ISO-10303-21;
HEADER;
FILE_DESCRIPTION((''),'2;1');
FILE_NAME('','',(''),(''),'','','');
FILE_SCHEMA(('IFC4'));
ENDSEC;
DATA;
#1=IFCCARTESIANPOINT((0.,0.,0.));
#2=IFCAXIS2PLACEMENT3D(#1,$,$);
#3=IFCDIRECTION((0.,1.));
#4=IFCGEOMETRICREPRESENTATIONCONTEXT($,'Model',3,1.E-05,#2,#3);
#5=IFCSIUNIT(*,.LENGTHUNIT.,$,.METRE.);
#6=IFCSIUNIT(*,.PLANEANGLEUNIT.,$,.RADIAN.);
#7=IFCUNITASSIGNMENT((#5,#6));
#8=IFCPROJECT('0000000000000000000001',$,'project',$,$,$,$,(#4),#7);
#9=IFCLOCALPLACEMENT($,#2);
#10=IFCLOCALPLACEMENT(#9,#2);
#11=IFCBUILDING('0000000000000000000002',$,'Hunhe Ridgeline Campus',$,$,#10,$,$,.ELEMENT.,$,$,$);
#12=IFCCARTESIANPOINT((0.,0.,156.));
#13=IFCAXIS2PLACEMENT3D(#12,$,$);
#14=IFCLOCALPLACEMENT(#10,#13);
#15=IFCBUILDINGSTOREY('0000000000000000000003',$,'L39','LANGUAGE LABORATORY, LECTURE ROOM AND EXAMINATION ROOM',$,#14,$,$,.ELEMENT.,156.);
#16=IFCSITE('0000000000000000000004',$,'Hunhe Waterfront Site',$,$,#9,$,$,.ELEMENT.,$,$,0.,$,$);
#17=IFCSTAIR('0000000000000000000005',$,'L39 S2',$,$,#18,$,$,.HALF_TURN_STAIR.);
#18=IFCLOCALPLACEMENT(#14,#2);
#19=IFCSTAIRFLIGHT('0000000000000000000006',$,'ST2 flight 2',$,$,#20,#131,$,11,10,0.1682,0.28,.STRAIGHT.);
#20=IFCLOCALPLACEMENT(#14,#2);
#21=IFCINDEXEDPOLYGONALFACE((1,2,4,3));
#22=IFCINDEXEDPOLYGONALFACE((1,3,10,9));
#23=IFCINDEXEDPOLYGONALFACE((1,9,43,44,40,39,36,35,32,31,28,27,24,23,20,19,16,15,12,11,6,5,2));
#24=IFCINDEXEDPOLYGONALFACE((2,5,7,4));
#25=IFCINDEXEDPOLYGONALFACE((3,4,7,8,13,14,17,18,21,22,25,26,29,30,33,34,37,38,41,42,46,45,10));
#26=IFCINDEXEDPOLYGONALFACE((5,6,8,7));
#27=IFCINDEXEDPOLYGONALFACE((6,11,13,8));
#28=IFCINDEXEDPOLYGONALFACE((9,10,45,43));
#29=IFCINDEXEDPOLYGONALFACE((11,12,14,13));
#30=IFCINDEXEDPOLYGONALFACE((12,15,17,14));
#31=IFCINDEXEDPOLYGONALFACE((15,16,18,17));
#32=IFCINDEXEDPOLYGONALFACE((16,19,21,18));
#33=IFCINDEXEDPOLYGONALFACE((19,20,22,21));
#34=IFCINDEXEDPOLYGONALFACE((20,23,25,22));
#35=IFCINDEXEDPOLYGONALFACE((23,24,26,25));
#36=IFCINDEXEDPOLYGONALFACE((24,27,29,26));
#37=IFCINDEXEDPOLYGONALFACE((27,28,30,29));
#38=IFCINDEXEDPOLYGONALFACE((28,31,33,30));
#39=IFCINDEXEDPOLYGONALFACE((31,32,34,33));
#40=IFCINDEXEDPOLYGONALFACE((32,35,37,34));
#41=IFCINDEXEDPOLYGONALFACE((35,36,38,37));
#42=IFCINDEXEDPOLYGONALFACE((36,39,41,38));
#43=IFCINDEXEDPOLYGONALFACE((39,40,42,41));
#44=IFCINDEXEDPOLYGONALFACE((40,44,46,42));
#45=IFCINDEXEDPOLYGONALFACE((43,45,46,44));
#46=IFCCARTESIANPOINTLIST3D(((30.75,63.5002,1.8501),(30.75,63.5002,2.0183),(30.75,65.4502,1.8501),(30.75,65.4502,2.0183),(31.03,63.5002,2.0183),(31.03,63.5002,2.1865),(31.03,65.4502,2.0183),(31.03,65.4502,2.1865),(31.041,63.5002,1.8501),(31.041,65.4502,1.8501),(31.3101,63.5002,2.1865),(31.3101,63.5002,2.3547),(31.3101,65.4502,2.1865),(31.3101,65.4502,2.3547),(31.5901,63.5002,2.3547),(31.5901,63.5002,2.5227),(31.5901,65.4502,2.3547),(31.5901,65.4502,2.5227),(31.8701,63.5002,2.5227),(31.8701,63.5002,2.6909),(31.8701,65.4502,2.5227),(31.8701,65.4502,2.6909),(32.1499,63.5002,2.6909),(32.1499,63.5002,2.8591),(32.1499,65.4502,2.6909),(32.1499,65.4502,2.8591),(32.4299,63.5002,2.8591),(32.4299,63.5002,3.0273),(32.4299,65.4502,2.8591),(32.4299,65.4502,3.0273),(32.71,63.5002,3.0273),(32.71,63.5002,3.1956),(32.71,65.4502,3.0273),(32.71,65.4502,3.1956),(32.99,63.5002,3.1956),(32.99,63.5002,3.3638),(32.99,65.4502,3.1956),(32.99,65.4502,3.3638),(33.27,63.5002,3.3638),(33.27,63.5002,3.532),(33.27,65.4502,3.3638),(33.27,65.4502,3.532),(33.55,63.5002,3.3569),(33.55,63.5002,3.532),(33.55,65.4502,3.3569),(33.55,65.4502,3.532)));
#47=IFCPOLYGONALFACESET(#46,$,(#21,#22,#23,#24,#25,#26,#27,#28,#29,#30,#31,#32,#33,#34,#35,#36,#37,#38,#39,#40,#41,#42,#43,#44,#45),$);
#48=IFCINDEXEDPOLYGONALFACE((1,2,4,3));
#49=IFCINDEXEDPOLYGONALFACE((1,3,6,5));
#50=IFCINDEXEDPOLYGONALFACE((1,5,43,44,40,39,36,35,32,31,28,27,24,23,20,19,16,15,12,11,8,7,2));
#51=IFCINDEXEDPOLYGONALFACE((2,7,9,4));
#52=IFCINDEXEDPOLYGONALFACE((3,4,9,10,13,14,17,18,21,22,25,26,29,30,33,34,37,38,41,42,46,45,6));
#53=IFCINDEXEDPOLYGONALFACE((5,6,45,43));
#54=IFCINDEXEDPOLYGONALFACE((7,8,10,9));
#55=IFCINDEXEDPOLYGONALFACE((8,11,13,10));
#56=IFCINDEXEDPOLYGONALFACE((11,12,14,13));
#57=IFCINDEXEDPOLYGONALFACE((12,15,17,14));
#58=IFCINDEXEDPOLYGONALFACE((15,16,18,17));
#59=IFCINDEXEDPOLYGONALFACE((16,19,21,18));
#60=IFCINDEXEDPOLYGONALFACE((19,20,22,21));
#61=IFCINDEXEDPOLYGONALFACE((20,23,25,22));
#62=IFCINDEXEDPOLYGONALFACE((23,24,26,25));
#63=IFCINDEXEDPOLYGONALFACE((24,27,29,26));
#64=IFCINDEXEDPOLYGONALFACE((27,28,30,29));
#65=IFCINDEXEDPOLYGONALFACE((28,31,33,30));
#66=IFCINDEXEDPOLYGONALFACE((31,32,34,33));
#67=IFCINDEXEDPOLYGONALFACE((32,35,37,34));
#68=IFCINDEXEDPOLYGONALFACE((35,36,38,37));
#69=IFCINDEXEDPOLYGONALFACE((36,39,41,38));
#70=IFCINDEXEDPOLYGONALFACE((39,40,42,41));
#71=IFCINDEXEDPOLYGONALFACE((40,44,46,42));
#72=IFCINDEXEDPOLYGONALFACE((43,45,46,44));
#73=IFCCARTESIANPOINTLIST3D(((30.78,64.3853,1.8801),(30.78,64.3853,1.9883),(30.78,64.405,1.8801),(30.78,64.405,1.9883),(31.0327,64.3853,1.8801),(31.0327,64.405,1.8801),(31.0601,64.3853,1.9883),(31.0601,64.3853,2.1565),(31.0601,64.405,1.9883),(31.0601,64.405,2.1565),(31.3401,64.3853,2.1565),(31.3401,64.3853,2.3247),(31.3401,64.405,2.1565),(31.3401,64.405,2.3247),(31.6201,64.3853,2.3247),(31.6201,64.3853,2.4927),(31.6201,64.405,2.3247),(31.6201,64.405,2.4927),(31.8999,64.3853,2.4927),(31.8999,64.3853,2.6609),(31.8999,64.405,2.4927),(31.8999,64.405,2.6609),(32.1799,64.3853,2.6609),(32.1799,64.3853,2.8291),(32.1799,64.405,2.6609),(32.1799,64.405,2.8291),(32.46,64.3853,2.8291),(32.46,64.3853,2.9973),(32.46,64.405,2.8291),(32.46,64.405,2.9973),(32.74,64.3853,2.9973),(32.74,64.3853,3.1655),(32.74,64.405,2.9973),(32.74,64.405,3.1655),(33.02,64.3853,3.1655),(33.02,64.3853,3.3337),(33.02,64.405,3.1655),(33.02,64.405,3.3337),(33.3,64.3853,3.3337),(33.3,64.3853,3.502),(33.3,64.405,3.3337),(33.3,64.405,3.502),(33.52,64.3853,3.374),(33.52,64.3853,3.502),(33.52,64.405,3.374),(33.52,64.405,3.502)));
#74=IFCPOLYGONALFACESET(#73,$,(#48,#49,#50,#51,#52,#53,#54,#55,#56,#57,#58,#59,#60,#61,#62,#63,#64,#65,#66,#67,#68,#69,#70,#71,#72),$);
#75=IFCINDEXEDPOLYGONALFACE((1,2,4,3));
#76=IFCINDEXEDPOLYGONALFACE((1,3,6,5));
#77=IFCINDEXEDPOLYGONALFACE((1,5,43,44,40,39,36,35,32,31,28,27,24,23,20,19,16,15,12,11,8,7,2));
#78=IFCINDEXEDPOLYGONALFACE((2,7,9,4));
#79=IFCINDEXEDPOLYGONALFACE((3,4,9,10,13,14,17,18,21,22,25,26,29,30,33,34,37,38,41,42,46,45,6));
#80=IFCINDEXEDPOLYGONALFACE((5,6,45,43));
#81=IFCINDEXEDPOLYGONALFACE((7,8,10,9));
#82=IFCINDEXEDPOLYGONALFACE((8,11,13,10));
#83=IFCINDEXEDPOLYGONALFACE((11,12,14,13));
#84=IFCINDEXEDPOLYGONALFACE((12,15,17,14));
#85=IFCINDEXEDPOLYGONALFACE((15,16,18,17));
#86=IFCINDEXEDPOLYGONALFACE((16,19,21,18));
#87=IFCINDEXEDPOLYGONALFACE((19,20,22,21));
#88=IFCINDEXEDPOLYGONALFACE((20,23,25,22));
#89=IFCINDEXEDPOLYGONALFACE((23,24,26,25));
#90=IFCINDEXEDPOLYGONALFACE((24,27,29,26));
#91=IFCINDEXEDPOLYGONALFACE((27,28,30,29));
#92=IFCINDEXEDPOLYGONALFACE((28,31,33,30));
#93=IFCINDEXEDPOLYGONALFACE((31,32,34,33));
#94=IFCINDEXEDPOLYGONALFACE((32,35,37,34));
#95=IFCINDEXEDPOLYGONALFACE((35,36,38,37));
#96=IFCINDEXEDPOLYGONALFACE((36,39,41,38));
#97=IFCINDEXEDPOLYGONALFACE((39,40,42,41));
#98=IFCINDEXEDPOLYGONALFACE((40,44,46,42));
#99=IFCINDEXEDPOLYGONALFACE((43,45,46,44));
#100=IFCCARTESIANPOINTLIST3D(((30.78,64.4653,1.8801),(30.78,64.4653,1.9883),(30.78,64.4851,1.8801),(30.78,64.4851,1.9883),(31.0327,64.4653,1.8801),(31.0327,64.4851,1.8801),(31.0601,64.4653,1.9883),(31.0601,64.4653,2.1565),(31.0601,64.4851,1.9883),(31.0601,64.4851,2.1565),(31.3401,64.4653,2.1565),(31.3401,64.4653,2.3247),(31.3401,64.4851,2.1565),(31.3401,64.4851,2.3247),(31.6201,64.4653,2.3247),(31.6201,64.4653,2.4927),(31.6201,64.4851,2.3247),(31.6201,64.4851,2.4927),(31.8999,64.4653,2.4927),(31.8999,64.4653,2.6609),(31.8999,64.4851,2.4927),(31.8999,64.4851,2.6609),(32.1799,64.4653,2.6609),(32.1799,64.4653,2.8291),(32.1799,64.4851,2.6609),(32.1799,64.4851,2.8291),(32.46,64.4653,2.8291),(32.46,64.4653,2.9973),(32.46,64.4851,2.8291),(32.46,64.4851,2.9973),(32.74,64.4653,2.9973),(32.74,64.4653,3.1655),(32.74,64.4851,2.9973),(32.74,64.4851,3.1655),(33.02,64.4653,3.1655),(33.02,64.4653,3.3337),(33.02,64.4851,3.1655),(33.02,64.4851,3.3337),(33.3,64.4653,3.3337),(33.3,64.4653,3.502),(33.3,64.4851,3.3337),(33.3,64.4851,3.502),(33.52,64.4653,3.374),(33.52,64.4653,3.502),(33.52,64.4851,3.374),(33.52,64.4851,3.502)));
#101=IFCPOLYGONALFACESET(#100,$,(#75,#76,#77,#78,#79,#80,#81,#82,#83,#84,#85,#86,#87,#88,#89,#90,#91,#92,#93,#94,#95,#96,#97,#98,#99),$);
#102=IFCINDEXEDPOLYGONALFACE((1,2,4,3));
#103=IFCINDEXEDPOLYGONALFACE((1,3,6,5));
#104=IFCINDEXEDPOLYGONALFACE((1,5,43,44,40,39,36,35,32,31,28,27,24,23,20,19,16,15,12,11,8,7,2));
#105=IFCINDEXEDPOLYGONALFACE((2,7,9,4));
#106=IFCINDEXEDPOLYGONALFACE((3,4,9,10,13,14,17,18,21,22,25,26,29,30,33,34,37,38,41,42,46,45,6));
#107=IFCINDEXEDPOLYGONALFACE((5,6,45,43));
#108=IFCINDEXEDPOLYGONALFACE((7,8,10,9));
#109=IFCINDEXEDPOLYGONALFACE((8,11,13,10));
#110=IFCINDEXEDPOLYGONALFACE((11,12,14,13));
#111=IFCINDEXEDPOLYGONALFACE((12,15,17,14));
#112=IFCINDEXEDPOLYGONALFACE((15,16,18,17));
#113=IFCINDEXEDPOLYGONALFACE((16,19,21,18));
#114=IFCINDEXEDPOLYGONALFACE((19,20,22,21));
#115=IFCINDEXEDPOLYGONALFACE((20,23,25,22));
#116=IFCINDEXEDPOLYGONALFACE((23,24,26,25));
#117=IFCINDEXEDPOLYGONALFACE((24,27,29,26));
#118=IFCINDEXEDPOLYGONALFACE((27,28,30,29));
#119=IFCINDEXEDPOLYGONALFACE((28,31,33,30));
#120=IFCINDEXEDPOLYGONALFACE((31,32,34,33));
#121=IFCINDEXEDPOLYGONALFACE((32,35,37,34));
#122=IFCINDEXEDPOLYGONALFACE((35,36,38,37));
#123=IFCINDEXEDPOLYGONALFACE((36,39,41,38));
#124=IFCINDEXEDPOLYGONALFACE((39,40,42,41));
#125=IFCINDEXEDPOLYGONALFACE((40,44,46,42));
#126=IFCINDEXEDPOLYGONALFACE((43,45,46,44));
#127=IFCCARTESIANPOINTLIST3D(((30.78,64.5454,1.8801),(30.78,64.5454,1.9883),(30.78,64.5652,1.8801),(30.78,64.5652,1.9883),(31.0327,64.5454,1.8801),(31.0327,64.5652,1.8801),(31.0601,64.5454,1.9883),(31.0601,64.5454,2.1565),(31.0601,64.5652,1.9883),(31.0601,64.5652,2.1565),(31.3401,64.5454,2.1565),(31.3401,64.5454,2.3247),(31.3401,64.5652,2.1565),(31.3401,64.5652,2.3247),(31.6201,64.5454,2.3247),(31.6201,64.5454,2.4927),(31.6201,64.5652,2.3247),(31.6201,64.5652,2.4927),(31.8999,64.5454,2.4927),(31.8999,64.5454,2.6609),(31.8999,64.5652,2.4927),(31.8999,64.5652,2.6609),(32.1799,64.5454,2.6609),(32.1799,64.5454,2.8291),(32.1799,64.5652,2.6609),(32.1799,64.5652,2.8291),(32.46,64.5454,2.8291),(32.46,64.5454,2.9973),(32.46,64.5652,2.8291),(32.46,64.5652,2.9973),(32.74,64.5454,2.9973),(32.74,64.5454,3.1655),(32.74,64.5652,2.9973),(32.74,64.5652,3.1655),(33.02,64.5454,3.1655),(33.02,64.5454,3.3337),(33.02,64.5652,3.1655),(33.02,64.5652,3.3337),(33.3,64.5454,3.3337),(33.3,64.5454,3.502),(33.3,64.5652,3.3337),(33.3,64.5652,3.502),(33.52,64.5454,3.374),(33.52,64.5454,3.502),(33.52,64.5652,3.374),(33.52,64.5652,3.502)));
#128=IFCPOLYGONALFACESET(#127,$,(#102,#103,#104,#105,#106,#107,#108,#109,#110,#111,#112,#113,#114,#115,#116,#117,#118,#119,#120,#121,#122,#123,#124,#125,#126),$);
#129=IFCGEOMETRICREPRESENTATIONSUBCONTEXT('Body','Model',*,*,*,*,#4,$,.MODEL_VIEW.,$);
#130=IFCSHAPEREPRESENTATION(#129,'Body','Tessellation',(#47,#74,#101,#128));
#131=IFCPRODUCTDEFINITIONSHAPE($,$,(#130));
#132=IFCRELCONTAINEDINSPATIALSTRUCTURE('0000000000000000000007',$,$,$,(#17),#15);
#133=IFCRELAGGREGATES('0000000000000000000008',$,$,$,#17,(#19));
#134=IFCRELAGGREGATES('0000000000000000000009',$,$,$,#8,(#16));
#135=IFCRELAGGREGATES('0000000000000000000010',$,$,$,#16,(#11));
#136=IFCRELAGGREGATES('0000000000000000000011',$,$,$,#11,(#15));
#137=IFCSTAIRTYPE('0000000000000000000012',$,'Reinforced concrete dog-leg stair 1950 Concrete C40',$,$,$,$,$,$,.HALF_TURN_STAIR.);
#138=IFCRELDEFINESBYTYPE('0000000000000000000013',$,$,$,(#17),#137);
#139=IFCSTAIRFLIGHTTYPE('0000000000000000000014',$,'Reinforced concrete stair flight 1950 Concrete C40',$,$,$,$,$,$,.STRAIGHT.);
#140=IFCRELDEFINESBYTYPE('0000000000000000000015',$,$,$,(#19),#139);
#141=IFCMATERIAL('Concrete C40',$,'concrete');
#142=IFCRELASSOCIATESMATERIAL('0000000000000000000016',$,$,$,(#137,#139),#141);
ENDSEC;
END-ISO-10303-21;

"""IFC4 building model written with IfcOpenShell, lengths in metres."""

from ifc_helpers import new_model, si_unit, direction, frame, origin, place, context, subcontext, project, spatial, polyline, outline, extrude, material, type_object, element, aggregate, save


model = new_model("IFC4")

# Units and contexts
model_context = context("Model", 3, precision=1e-05, world=origin(), true_north=direction((0.0, 1.0)))
body_context = subcontext(model_context, "Body", "Model", "MODEL_VIEW")
ifc_project = project(units=[si_unit("LENGTHUNIT", "METRE"), si_unit("PLANEANGLEUNIT", "RADIAN")], contexts=[model_context])

# Site, building, storey
site_placement = place(None, origin())
site = spatial("IfcSite", under=ifc_project, at=site_placement, Name="Hunhe Waterfront Site", CompositionType="ELEMENT", RefElevation=0.0)
building_placement = place(site_placement, origin())
building = spatial("IfcBuilding", under=site, at=building_placement, Name="Hunhe Ridgeline Campus", CompositionType="ELEMENT")
storey_placement = place(building_placement, frame((0.0, 0.0, 156.0)))
storey = spatial("IfcBuildingStorey", under=building, at=storey_placement, Name="L39", Description="LANGUAGE LABORATORY, LECTURE ROOM AND EXAMINATION ROOM", CompositionType="ELEMENT", Elevation=156.0)

# Stair, stair flight
ifc_material_1 = material(Name="Concrete C40", Category="concrete")
stair_type = type_object("IfcStairType", Name="Reinforced concrete dog-leg stair 1950 Concrete C40", PredefinedType="HALF_TURN_STAIR", material=ifc_material_1)
stair_placement = place(storey_placement, origin())
stair = element("IfcStair", 1, at=stair_placement, inside=storey, type_object=stair_type, Name="L39 S2", PredefinedType="HALF_TURN_STAIR")
stair_flight_type = type_object("IfcStairFlightType", Name="Reinforced concrete stair flight 1950 Concrete C40", PredefinedType="STRAIGHT", material=ifc_material_1)
stair_flight_placement = place(storey_placement, frame((30.75, 64.4751, 1.8501), z_axis=(0.0, 0.0, 1.0), x_axis=(1.0, 0.0, 0.0)))
stair_flight = element("IfcStairFlight", 2, at=stair_flight_placement, type_object=stair_flight_type, Name="ST2 flight 2", NumberOfRisers=11, NumberOfTreads=10, PredefinedType="STRAIGHT", RiserHeight=0.1682, TreadLength=0.28, context=body_context, shape_type="SweptSolid", body=[
    extrude(outline(polyline([(0.0, 0.0), (0.0, 0.1682), (0.28, 0.1682), (0.28, 0.3364), (0.5601, 0.3364), (0.5601, 0.5046), (0.8401, 0.5046), (0.8401, 0.6726), (1.1201, 0.6726), (1.1201, 0.8408), (1.3999, 0.8408), (1.3999, 1.009), (1.6799, 1.009), (1.6799, 1.1772), (1.96, 1.1772), (1.96, 1.3455), (2.24, 1.3455), (2.24, 1.5137), (2.52, 1.5137), (2.52, 1.6819), (2.8, 1.6819), (2.8, 1.8501), (2.8, 1.5068), (0.291, 0.0), (0.0, 0.0)])), frame((0.0, 0.9751, 0.0), z_axis=(0.0, -1.0, 0.0), x_axis=(1.0, 0.0, 0.0)), (0.0, 0.0, 1.0), 1.95),
    extrude(outline(polyline([(0.03, 0.03), (0.03, 0.1382), (0.3101, 0.1382), (0.3101, 0.3064), (0.5901, 0.3064), (0.5901, 0.4746), (0.8701, 0.4746), (0.8701, 0.6426), (1.1499, 0.6426), (1.1499, 0.8108), (1.4299, 0.8108), (1.4299, 0.979), (1.71, 0.979), (1.71, 1.1472), (1.99, 1.1472), (1.99, 1.3154), (2.27, 1.3154), (2.27, 1.4836), (2.55, 1.4836), (2.55, 1.6519), (2.77, 1.6519), (2.77, 1.5239), (0.2827, 0.03), (0.03, 0.03)])), frame((0.0, -0.0701, 0.0), z_axis=(0.0, -1.0, 0.0), x_axis=(1.0, 0.0, 0.0)), (0.0, 0.0, 1.0), 0.0198),
    extrude(outline(polyline([(0.03, 0.03), (0.03, 0.1382), (0.3101, 0.1382), (0.3101, 0.3064), (0.5901, 0.3064), (0.5901, 0.4746), (0.8701, 0.4746), (0.8701, 0.6426), (1.1499, 0.6426), (1.1499, 0.8108), (1.4299, 0.8108), (1.4299, 0.979), (1.71, 0.979), (1.71, 1.1472), (1.99, 1.1472), (1.99, 1.3154), (2.27, 1.3154), (2.27, 1.4836), (2.55, 1.4836), (2.55, 1.6519), (2.77, 1.6519), (2.77, 1.5239), (0.2827, 0.03), (0.03, 0.03)])), frame((0.0, 0.01, 0.0), z_axis=(0.0, -1.0, 0.0), x_axis=(1.0, 0.0, 0.0)), (0.0, 0.0, 1.0), 0.0198),
    extrude(outline(polyline([(0.03, 0.03), (0.03, 0.1382), (0.3101, 0.1382), (0.3101, 0.3064), (0.5901, 0.3064), (0.5901, 0.4746), (0.8701, 0.4746), (0.8701, 0.6426), (1.1499, 0.6426), (1.1499, 0.8108), (1.4299, 0.8108), (1.4299, 0.979), (1.71, 0.979), (1.71, 1.1472), (1.99, 1.1472), (1.99, 1.3154), (2.27, 1.3154), (2.27, 1.4836), (2.55, 1.4836), (2.55, 1.6519), (2.77, 1.6519), (2.77, 1.5239), (0.2827, 0.03), (0.03, 0.03)])), frame((0.0, 0.0901, 0.0), z_axis=(0.0, -1.0, 0.0), x_axis=(1.0, 0.0, 0.0)), (0.0, 0.0, 1.0), 0.0198),
])
aggregate(stair, [stair_flight])

save(model, "model.ifc")
